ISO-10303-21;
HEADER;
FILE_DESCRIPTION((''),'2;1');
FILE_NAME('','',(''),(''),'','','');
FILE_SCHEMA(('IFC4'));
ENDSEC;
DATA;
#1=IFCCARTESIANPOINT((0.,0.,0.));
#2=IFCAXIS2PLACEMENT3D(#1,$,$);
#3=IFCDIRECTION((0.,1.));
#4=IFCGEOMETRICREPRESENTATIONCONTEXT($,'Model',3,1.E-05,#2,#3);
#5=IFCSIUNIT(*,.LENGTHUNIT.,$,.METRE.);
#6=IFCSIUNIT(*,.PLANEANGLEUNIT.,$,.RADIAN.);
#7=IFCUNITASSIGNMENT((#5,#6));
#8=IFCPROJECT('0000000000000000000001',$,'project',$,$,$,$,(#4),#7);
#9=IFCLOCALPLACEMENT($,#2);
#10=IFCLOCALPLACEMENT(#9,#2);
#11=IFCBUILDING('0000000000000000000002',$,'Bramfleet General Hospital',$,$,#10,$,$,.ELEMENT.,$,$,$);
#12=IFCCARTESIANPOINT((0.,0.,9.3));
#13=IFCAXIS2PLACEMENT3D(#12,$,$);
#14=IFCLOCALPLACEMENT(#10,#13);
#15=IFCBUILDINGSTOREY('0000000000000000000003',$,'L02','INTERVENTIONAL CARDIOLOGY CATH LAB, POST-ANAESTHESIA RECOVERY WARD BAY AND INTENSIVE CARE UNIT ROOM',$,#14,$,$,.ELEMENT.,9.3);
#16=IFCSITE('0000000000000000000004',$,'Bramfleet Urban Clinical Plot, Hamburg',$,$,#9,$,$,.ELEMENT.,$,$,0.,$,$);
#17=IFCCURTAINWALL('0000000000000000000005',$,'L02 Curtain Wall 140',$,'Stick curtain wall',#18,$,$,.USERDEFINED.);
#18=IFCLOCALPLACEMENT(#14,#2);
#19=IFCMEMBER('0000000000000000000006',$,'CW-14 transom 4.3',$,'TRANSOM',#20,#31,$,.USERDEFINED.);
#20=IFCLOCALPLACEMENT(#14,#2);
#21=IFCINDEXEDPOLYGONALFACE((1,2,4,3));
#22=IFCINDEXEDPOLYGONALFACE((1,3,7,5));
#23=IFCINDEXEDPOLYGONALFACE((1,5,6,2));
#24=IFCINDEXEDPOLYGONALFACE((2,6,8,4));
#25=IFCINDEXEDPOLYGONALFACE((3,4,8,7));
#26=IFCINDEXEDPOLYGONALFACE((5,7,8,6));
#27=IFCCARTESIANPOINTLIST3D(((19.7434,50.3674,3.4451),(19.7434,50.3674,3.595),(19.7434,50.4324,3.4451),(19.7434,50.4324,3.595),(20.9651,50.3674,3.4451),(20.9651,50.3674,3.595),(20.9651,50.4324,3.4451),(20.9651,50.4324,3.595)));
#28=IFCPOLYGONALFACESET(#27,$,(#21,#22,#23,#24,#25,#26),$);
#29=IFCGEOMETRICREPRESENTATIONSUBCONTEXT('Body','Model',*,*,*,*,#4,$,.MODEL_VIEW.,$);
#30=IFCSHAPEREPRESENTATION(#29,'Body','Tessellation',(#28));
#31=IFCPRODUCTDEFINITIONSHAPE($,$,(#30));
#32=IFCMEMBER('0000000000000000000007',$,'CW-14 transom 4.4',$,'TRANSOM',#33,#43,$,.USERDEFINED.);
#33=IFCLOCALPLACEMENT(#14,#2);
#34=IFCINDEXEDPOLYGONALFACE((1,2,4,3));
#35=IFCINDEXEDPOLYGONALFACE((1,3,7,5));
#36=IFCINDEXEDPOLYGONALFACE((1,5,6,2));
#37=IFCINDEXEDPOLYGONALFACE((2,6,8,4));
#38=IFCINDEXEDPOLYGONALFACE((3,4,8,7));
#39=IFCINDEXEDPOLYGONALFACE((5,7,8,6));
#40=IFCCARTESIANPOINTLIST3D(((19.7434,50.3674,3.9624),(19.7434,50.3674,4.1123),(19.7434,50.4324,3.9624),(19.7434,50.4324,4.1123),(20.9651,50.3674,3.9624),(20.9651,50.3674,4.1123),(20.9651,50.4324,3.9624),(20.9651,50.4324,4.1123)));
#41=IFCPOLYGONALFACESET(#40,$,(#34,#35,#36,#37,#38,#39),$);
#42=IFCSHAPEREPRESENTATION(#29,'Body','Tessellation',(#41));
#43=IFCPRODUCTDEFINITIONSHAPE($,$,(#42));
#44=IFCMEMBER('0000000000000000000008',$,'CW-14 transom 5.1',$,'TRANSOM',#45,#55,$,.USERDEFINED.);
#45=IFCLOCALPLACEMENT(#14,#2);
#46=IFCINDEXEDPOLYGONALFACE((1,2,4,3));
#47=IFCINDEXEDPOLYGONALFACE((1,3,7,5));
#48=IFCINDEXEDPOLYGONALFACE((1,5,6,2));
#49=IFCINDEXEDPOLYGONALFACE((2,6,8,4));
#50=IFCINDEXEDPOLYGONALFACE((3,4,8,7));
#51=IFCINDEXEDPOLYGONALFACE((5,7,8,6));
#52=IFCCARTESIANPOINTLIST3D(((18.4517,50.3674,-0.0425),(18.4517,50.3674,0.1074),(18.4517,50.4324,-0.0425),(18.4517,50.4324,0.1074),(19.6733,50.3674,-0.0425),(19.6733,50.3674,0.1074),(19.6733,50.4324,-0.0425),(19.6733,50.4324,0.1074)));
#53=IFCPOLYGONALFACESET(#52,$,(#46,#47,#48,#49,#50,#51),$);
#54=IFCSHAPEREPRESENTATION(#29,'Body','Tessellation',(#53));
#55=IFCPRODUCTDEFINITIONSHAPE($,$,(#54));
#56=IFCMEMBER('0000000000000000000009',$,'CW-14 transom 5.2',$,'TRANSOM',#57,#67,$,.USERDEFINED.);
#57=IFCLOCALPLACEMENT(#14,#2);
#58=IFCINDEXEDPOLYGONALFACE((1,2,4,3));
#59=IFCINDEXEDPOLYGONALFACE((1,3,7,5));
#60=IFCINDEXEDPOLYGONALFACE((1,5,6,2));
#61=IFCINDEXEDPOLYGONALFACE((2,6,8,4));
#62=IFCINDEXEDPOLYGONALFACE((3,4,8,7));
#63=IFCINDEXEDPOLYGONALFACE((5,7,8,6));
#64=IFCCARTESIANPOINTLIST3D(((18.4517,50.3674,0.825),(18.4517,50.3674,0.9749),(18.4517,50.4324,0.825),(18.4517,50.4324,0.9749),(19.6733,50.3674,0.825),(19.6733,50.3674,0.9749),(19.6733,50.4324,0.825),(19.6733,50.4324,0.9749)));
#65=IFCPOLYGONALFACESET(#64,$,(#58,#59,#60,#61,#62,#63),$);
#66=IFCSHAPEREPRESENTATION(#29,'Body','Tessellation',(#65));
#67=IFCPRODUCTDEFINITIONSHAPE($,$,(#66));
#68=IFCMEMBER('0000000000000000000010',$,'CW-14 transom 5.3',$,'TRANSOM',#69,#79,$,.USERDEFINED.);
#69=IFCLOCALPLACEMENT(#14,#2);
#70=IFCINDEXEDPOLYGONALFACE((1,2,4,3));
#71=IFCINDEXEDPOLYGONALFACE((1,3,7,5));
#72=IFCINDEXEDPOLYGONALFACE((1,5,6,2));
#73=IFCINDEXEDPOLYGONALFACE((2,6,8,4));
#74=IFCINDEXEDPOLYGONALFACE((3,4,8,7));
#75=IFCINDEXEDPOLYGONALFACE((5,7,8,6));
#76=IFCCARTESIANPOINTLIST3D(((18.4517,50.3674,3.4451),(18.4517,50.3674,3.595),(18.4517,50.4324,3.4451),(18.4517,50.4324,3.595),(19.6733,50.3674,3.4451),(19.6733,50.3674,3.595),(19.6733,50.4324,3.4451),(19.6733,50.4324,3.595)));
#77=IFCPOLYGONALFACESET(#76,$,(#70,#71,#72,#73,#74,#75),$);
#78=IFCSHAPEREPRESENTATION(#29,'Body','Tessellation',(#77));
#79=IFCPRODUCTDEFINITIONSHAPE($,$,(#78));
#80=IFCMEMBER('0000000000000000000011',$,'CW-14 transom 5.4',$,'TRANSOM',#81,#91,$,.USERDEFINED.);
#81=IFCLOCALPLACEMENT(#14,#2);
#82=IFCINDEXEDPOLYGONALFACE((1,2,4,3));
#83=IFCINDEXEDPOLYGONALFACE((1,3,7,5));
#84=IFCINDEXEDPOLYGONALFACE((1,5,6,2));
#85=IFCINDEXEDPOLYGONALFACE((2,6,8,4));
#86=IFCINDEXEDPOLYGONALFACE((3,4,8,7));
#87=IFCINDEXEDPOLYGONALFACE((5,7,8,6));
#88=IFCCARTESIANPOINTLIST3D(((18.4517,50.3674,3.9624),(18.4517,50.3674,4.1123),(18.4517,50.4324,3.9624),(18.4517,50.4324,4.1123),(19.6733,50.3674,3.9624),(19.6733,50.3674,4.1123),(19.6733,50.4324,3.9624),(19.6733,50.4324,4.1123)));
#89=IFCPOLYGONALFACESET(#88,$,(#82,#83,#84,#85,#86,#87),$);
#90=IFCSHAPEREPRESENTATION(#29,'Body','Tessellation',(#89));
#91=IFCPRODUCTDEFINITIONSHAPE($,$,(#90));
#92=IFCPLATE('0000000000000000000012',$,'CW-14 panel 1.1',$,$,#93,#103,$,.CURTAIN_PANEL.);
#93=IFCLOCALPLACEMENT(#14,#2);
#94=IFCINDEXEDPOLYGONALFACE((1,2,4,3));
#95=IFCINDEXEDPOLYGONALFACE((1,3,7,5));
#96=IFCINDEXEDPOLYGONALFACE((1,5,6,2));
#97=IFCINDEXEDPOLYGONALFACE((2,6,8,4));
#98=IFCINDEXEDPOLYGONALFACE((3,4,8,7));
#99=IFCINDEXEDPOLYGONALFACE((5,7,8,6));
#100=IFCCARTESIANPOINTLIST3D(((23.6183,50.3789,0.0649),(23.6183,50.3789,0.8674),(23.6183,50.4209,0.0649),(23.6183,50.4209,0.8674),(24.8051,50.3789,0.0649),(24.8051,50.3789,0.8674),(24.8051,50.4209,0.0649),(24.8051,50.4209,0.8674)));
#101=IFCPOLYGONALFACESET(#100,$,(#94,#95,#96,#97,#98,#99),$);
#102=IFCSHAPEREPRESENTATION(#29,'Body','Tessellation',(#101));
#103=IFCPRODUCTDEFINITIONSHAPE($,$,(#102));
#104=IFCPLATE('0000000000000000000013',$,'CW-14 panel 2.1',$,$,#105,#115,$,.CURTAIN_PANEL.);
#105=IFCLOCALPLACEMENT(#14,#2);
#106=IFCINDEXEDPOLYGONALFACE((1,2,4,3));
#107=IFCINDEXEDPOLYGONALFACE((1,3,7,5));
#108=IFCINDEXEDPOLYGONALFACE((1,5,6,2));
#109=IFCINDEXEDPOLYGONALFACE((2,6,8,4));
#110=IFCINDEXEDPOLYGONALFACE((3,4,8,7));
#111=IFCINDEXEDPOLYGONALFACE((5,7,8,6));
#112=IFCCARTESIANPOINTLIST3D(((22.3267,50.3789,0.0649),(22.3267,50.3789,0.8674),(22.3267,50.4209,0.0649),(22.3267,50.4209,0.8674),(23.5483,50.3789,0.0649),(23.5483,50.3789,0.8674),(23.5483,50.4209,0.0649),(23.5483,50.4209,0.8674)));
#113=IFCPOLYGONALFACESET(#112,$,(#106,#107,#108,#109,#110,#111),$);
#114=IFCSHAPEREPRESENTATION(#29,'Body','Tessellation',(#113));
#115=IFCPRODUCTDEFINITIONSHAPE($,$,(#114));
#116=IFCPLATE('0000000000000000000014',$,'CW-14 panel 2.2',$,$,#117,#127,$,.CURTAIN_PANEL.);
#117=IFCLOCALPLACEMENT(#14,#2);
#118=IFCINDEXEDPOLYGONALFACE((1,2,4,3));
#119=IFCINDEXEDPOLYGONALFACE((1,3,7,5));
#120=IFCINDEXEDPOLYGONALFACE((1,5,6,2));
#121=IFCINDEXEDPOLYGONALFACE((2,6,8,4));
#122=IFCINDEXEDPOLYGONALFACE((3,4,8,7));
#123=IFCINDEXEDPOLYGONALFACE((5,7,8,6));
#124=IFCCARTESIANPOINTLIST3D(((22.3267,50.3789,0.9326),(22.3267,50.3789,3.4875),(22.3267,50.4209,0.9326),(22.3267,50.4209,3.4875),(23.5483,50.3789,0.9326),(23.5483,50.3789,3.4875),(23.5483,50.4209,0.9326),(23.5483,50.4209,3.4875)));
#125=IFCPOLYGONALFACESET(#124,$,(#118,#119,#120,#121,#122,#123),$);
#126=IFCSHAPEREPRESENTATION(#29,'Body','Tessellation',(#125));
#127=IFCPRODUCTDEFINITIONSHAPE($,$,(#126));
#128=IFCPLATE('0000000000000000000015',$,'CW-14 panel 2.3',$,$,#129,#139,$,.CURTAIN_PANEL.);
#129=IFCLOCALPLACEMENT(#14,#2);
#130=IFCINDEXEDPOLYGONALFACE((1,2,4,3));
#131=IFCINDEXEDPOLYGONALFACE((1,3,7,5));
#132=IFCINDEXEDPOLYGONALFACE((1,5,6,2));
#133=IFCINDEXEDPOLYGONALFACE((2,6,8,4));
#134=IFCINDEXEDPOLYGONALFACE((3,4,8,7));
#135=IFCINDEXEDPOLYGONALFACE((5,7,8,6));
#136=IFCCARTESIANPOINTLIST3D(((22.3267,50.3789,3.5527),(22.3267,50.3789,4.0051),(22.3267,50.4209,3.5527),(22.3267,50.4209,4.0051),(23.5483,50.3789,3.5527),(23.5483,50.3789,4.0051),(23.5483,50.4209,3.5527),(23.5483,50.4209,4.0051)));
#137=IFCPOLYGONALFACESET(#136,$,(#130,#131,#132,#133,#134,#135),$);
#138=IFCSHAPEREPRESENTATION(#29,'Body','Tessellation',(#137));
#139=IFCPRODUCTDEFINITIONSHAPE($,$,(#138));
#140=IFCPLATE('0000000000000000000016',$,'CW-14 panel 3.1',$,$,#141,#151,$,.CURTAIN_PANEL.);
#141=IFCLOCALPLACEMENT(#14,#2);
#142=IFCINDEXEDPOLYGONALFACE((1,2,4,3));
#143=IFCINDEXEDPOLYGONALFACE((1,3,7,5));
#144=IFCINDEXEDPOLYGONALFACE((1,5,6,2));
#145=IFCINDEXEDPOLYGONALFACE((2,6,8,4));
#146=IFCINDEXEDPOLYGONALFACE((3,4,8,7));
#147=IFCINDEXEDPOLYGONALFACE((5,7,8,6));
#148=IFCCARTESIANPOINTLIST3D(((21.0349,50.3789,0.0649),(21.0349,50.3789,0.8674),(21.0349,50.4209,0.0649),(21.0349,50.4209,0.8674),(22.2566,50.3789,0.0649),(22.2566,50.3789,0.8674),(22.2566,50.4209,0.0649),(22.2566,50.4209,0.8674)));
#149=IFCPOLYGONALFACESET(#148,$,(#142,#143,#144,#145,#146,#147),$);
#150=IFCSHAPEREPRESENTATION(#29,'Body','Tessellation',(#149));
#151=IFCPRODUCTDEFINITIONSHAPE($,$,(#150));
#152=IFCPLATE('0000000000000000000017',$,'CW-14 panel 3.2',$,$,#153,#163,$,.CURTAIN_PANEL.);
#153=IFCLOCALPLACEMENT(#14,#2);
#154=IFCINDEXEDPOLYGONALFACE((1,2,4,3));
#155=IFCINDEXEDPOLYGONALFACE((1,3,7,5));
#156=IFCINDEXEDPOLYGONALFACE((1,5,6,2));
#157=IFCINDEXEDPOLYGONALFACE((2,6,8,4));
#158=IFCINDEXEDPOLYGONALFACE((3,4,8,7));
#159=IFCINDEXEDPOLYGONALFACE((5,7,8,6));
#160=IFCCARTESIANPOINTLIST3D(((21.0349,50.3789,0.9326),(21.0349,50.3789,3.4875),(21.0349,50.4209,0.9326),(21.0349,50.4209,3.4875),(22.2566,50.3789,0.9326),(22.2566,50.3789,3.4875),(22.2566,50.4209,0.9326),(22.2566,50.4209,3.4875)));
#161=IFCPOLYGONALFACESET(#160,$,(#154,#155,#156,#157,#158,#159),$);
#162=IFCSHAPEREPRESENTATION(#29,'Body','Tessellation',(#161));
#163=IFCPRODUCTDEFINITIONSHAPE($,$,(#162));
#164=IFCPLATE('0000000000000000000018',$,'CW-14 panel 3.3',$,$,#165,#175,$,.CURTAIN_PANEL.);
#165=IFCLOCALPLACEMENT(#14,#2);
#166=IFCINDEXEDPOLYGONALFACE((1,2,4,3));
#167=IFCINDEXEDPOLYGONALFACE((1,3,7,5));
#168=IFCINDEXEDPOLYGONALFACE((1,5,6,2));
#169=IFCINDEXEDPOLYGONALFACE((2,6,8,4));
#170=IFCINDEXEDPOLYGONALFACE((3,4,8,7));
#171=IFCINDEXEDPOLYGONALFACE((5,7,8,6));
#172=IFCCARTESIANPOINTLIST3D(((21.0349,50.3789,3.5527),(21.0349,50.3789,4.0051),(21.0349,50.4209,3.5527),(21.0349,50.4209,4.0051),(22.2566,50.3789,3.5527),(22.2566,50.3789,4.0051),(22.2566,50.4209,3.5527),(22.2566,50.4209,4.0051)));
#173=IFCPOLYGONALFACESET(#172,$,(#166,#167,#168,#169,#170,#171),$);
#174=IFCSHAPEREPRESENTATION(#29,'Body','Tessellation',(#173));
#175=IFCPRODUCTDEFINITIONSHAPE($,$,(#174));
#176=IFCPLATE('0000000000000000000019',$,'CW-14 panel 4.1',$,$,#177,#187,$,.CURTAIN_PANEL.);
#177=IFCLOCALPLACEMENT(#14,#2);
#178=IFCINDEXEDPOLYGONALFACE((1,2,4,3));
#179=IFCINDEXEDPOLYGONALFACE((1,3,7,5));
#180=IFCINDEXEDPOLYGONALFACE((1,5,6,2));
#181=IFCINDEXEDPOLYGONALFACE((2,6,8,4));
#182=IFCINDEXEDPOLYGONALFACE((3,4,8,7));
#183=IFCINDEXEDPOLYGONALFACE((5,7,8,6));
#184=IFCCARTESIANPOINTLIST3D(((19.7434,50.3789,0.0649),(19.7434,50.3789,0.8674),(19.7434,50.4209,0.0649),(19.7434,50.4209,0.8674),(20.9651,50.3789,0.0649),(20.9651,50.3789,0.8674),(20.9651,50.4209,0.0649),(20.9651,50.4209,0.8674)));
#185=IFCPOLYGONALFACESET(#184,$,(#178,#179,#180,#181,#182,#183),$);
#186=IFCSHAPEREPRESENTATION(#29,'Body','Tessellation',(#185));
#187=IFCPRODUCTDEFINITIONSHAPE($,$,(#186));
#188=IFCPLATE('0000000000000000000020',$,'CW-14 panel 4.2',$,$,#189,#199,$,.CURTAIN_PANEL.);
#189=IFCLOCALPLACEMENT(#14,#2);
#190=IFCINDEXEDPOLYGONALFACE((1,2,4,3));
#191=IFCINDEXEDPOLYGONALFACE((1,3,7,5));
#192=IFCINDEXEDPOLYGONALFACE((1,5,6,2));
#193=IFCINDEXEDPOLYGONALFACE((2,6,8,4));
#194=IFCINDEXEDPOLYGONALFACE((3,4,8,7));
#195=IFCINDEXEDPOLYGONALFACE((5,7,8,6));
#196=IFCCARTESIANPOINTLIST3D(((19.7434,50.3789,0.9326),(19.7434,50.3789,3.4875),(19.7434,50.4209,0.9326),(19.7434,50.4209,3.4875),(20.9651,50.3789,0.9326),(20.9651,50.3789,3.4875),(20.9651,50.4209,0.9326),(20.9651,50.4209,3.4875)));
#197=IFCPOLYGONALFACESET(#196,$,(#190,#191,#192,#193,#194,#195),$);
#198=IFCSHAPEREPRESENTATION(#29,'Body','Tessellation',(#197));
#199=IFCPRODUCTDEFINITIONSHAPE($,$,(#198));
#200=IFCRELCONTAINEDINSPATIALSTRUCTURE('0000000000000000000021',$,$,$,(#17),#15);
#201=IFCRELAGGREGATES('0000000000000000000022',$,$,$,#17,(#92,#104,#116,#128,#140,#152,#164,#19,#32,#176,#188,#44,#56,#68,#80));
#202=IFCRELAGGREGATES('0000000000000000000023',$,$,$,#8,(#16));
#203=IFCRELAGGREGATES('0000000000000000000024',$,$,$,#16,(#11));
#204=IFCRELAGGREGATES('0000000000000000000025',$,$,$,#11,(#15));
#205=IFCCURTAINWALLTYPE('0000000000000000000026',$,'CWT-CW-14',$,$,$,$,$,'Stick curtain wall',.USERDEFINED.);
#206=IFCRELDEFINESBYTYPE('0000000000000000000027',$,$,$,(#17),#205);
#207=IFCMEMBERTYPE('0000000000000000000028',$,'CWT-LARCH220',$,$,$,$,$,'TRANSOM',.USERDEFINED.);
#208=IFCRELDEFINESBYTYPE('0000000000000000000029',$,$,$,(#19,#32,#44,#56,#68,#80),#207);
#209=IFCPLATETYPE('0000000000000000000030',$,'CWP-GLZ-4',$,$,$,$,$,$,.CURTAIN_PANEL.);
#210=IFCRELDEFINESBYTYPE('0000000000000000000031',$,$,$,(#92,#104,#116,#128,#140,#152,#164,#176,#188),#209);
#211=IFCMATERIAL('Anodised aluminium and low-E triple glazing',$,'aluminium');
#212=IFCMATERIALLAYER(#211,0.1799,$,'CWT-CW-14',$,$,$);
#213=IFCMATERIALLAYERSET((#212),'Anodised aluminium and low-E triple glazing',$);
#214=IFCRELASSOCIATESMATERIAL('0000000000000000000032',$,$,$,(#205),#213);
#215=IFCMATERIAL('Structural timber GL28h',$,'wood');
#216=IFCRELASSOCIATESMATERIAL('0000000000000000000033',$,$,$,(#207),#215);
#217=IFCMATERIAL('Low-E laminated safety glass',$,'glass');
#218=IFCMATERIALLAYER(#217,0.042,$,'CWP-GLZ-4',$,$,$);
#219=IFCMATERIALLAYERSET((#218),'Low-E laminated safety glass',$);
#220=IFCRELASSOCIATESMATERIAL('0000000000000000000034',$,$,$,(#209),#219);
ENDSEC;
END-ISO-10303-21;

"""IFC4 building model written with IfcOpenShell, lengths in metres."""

from ifc_helpers import new_model, si_unit, direction, frame, origin, origin_2d, place, context, subcontext, project, spatial, rectangle, extrude, material, layer, layer_set, material_profile, profile_set, type_object, element, aggregate, save


model = new_model("IFC4")

# Units and contexts
model_context = context("Model", 3, precision=1e-05, world=origin(), true_north=direction((0.0, 1.0)))
body_context = subcontext(model_context, "Body", "Model", "MODEL_VIEW")
ifc_project = project(units=[si_unit("LENGTHUNIT", "METRE"), si_unit("PLANEANGLEUNIT", "RADIAN")], contexts=[model_context])

# Site, building, storey
site_placement = place(None, origin())
site = spatial("IfcSite", under=ifc_project, at=site_placement, Name="Bramfleet Urban Clinical Plot, Hamburg", CompositionType="ELEMENT", RefElevation=0.0)
building_placement = place(site_placement, origin())
building = spatial("IfcBuilding", under=site, at=building_placement, Name="Bramfleet General Hospital", CompositionType="ELEMENT")
storey_placement = place(building_placement, frame((0.0, 0.0, 9.3)))
storey = spatial("IfcBuildingStorey", under=building, at=storey_placement, Name="L02", Description="INTERVENTIONAL CARDIOLOGY CATH LAB, POST-ANAESTHESIA RECOVERY WARD BAY AND INTENSIVE CARE UNIT ROOM", CompositionType="ELEMENT", Elevation=9.3)

# Curtain wall, members, plates
ifc_material_1 = material(Name="Anodised aluminium and low-E triple glazing", Category="aluminium")
ifc_layer_1 = layer(ifc_material_1, 0.1799, Name="CWT-CW-14")
ifc_layer_set_1 = layer_set([ifc_layer_1], Name="Anodised aluminium and low-E triple glazing")
curtain_wall_type = type_object("IfcCurtainWallType", Name="CWT-CW-14", ElementType="Stick curtain wall", PredefinedType="USERDEFINED", material=ifc_layer_set_1)
curtain_wall_placement = place(storey_placement, origin())
curtain_wall = element("IfcCurtainWall", 1, at=curtain_wall_placement, inside=storey, type_object=curtain_wall_type, Name="L02 Curtain Wall 140", ObjectType="Stick curtain wall", PredefinedType="USERDEFINED")
ifc_material_2 = material(Name="Structural timber GL28h", Category="wood")
ifc_material_profile_1 = material_profile(ifc_material_2, rectangle(XDim=0.0649, YDim=0.1499, at=origin_2d()), Name="LARCH 150x65")
ifc_profile_set_1 = profile_set([ifc_material_profile_1], Name="Structural timber GL28h")
member_type_1 = type_object("IfcMemberType", Name="CWT-LARCH220", ElementType="TRANSOM", PredefinedType="USERDEFINED", material=ifc_profile_set_1)
member_1_placement = place(storey_placement, frame((20.9651, 50.3999, 3.52), z_axis=(-1.0, 0.0, 0.0), x_axis=(0.0, -1.0, 0.0)))
member_1 = element("IfcMember", 2, at=member_1_placement, type_object=member_type_1, Name="CW-14 transom 4.3", ObjectType="TRANSOM", PredefinedType="USERDEFINED", context=body_context, shape_type="SweptSolid", body=[
    extrude(rectangle(XDim=0.0649, YDim=0.1499, at=origin_2d()), origin(), (0.0, 0.0, 1.0), 1.2217),
])
member_2_placement = place(storey_placement, frame((20.9651, 50.3999, 4.0374), z_axis=(-1.0, 0.0, 0.0), x_axis=(0.0, -1.0, 0.0)))
member_2 = element("IfcMember", 3, at=member_2_placement, type_object=member_type_1, Name="CW-14 transom 4.4", ObjectType="TRANSOM", PredefinedType="USERDEFINED", context=body_context, shape_type="SweptSolid", body=[
    extrude(rectangle(XDim=0.0649, YDim=0.1499, at=origin_2d()), origin(), (0.0, 0.0, 1.0), 1.2217),
])
member_3_placement = place(storey_placement, frame((19.6733, 50.3999, 0.0325), z_axis=(-1.0, 0.0, 0.0), x_axis=(0.0, -1.0, 0.0)))
member_3 = element("IfcMember", 4, at=member_3_placement, type_object=member_type_1, Name="CW-14 transom 5.1", ObjectType="TRANSOM", PredefinedType="USERDEFINED", context=body_context, shape_type="SweptSolid", body=[
    extrude(rectangle(XDim=0.0649, YDim=0.1499, at=origin_2d()), origin(), (0.0, 0.0, 1.0), 1.2217),
])
member_4_placement = place(storey_placement, frame((19.6733, 50.3999, 0.8999), z_axis=(-1.0, 0.0, 0.0), x_axis=(0.0, -1.0, 0.0)))
member_4 = element("IfcMember", 5, at=member_4_placement, type_object=member_type_1, Name="CW-14 transom 5.2", ObjectType="TRANSOM", PredefinedType="USERDEFINED", context=body_context, shape_type="SweptSolid", body=[
    extrude(rectangle(XDim=0.0649, YDim=0.1499, at=origin_2d()), origin(), (0.0, 0.0, 1.0), 1.2217),
])
member_5_placement = place(storey_placement, frame((19.6733, 50.3999, 3.52), z_axis=(-1.0, 0.0, 0.0), x_axis=(0.0, -1.0, 0.0)))
member_5 = element("IfcMember", 6, at=member_5_placement, type_object=member_type_1, Name="CW-14 transom 5.3", ObjectType="TRANSOM", PredefinedType="USERDEFINED", context=body_context, shape_type="SweptSolid", body=[
    extrude(rectangle(XDim=0.0649, YDim=0.1499, at=origin_2d()), origin(), (0.0, 0.0, 1.0), 1.2217),
])
member_6_placement = place(storey_placement, frame((19.6733, 50.3999, 4.0374), z_axis=(-1.0, 0.0, 0.0), x_axis=(0.0, -1.0, 0.0)))
member_6 = element("IfcMember", 7, at=member_6_placement, type_object=member_type_1, Name="CW-14 transom 5.4", ObjectType="TRANSOM", PredefinedType="USERDEFINED", context=body_context, shape_type="SweptSolid", body=[
    extrude(rectangle(XDim=0.0649, YDim=0.1499, at=origin_2d()), origin(), (0.0, 0.0, 1.0), 1.2217),
])
ifc_material_3 = material(Name="Low-E laminated safety glass", Category="glass")
ifc_layer_2 = layer(ifc_material_3, 0.042, Name="CWP-GLZ-4")
ifc_layer_set_2 = layer_set([ifc_layer_2], Name="Low-E laminated safety glass")
plate_type = type_object("IfcPlateType", Name="CWP-GLZ-4", PredefinedType="CURTAIN_PANEL", material=ifc_layer_set_2)
plate_1_placement = place(storey_placement, frame((24.2117, 50.3999, 0.0649), z_axis=(0.0, 0.0, 1.0), x_axis=(-1.0, 0.0, 0.0)))
plate_1 = element("IfcPlate", 8, at=plate_1_placement, type_object=plate_type, Name="CW-14 panel 1.1", PredefinedType="CURTAIN_PANEL", context=body_context, shape_type="SweptSolid", body=[
    extrude(rectangle(XDim=1.1868, YDim=0.042, at=origin_2d()), origin(), (0.0, 0.0, 1.0), 0.8025),
])
plate_2_placement = place(storey_placement, frame((22.9375, 50.3999, 0.0649), z_axis=(0.0, 0.0, 1.0), x_axis=(-1.0, 0.0, 0.0)))
plate_2 = element("IfcPlate", 9, at=plate_2_placement, type_object=plate_type, Name="CW-14 panel 2.1", PredefinedType="CURTAIN_PANEL", context=body_context, shape_type="SweptSolid", body=[
    extrude(rectangle(XDim=1.2217, YDim=0.042, at=origin_2d()), origin(), (0.0, 0.0, 1.0), 0.8025),
])
plate_3_placement = place(storey_placement, frame((22.9375, 50.3999, 0.9326), z_axis=(0.0, 0.0, 1.0), x_axis=(-1.0, 0.0, 0.0)))
plate_3 = element("IfcPlate", 10, at=plate_3_placement, type_object=plate_type, Name="CW-14 panel 2.2", PredefinedType="CURTAIN_PANEL", context=body_context, shape_type="SweptSolid", body=[
    extrude(rectangle(XDim=1.2217, YDim=0.042, at=origin_2d()), origin(), (0.0, 0.0, 1.0), 2.5549),
])
plate_4_placement = place(storey_placement, frame((22.9375, 50.3999, 3.5527), z_axis=(0.0, 0.0, 1.0), x_axis=(-1.0, 0.0, 0.0)))
plate_4 = element("IfcPlate", 11, at=plate_4_placement, type_object=plate_type, Name="CW-14 panel 2.3", PredefinedType="CURTAIN_PANEL", context=body_context, shape_type="SweptSolid", body=[
    extrude(rectangle(XDim=1.2217, YDim=0.042, at=origin_2d()), origin(), (0.0, 0.0, 1.0), 0.4524),
])
plate_5_placement = place(storey_placement, frame((21.6458, 50.3999, 0.0649), z_axis=(0.0, 0.0, 1.0), x_axis=(-1.0, 0.0, 0.0)))
plate_5 = element("IfcPlate", 12, at=plate_5_placement, type_object=plate_type, Name="CW-14 panel 3.1", PredefinedType="CURTAIN_PANEL", context=body_context, shape_type="SweptSolid", body=[
    extrude(rectangle(XDim=1.2217, YDim=0.042, at=origin_2d()), origin(), (0.0, 0.0, 1.0), 0.8025),
])
plate_6_placement = place(storey_placement, frame((21.6458, 50.3999, 0.9326), z_axis=(0.0, 0.0, 1.0), x_axis=(-1.0, 0.0, 0.0)))
plate_6 = element("IfcPlate", 13, at=plate_6_placement, type_object=plate_type, Name="CW-14 panel 3.2", PredefinedType="CURTAIN_PANEL", context=body_context, shape_type="SweptSolid", body=[
    extrude(rectangle(XDim=1.2217, YDim=0.042, at=origin_2d()), origin(), (0.0, 0.0, 1.0), 2.5549),
])
plate_7_placement = place(storey_placement, frame((21.6458, 50.3999, 3.5527), z_axis=(0.0, 0.0, 1.0), x_axis=(-1.0, 0.0, 0.0)))
plate_7 = element("IfcPlate", 14, at=plate_7_placement, type_object=plate_type, Name="CW-14 panel 3.3", PredefinedType="CURTAIN_PANEL", context=body_context, shape_type="SweptSolid", body=[
    extrude(rectangle(XDim=1.2217, YDim=0.042, at=origin_2d()), origin(), (0.0, 0.0, 1.0), 0.4524),
])
plate_8_placement = place(storey_placement, frame((20.3542, 50.3999, 0.0649), z_axis=(0.0, 0.0, 1.0), x_axis=(-1.0, 0.0, 0.0)))
plate_8 = element("IfcPlate", 15, at=plate_8_placement, type_object=plate_type, Name="CW-14 panel 4.1", PredefinedType="CURTAIN_PANEL", context=body_context, shape_type="SweptSolid", body=[
    extrude(rectangle(XDim=1.2217, YDim=0.042, at=origin_2d()), origin(), (0.0, 0.0, 1.0), 0.8025),
])
plate_9_placement = place(storey_placement, frame((20.3542, 50.3999, 0.9326), z_axis=(0.0, 0.0, 1.0), x_axis=(-1.0, 0.0, 0.0)))
plate_9 = element("IfcPlate", 16, at=plate_9_placement, type_object=plate_type, Name="CW-14 panel 4.2", PredefinedType="CURTAIN_PANEL", context=body_context, shape_type="SweptSolid", body=[
    extrude(rectangle(XDim=1.2217, YDim=0.042, at=origin_2d()), origin(), (0.0, 0.0, 1.0), 2.5549),
])
aggregate(curtain_wall, [plate_1, plate_2, plate_3, plate_4, plate_5, plate_6, plate_7, member_1, member_2, plate_8, plate_9, member_3, member_4, member_5, member_6])

save(model, "model.ifc")
